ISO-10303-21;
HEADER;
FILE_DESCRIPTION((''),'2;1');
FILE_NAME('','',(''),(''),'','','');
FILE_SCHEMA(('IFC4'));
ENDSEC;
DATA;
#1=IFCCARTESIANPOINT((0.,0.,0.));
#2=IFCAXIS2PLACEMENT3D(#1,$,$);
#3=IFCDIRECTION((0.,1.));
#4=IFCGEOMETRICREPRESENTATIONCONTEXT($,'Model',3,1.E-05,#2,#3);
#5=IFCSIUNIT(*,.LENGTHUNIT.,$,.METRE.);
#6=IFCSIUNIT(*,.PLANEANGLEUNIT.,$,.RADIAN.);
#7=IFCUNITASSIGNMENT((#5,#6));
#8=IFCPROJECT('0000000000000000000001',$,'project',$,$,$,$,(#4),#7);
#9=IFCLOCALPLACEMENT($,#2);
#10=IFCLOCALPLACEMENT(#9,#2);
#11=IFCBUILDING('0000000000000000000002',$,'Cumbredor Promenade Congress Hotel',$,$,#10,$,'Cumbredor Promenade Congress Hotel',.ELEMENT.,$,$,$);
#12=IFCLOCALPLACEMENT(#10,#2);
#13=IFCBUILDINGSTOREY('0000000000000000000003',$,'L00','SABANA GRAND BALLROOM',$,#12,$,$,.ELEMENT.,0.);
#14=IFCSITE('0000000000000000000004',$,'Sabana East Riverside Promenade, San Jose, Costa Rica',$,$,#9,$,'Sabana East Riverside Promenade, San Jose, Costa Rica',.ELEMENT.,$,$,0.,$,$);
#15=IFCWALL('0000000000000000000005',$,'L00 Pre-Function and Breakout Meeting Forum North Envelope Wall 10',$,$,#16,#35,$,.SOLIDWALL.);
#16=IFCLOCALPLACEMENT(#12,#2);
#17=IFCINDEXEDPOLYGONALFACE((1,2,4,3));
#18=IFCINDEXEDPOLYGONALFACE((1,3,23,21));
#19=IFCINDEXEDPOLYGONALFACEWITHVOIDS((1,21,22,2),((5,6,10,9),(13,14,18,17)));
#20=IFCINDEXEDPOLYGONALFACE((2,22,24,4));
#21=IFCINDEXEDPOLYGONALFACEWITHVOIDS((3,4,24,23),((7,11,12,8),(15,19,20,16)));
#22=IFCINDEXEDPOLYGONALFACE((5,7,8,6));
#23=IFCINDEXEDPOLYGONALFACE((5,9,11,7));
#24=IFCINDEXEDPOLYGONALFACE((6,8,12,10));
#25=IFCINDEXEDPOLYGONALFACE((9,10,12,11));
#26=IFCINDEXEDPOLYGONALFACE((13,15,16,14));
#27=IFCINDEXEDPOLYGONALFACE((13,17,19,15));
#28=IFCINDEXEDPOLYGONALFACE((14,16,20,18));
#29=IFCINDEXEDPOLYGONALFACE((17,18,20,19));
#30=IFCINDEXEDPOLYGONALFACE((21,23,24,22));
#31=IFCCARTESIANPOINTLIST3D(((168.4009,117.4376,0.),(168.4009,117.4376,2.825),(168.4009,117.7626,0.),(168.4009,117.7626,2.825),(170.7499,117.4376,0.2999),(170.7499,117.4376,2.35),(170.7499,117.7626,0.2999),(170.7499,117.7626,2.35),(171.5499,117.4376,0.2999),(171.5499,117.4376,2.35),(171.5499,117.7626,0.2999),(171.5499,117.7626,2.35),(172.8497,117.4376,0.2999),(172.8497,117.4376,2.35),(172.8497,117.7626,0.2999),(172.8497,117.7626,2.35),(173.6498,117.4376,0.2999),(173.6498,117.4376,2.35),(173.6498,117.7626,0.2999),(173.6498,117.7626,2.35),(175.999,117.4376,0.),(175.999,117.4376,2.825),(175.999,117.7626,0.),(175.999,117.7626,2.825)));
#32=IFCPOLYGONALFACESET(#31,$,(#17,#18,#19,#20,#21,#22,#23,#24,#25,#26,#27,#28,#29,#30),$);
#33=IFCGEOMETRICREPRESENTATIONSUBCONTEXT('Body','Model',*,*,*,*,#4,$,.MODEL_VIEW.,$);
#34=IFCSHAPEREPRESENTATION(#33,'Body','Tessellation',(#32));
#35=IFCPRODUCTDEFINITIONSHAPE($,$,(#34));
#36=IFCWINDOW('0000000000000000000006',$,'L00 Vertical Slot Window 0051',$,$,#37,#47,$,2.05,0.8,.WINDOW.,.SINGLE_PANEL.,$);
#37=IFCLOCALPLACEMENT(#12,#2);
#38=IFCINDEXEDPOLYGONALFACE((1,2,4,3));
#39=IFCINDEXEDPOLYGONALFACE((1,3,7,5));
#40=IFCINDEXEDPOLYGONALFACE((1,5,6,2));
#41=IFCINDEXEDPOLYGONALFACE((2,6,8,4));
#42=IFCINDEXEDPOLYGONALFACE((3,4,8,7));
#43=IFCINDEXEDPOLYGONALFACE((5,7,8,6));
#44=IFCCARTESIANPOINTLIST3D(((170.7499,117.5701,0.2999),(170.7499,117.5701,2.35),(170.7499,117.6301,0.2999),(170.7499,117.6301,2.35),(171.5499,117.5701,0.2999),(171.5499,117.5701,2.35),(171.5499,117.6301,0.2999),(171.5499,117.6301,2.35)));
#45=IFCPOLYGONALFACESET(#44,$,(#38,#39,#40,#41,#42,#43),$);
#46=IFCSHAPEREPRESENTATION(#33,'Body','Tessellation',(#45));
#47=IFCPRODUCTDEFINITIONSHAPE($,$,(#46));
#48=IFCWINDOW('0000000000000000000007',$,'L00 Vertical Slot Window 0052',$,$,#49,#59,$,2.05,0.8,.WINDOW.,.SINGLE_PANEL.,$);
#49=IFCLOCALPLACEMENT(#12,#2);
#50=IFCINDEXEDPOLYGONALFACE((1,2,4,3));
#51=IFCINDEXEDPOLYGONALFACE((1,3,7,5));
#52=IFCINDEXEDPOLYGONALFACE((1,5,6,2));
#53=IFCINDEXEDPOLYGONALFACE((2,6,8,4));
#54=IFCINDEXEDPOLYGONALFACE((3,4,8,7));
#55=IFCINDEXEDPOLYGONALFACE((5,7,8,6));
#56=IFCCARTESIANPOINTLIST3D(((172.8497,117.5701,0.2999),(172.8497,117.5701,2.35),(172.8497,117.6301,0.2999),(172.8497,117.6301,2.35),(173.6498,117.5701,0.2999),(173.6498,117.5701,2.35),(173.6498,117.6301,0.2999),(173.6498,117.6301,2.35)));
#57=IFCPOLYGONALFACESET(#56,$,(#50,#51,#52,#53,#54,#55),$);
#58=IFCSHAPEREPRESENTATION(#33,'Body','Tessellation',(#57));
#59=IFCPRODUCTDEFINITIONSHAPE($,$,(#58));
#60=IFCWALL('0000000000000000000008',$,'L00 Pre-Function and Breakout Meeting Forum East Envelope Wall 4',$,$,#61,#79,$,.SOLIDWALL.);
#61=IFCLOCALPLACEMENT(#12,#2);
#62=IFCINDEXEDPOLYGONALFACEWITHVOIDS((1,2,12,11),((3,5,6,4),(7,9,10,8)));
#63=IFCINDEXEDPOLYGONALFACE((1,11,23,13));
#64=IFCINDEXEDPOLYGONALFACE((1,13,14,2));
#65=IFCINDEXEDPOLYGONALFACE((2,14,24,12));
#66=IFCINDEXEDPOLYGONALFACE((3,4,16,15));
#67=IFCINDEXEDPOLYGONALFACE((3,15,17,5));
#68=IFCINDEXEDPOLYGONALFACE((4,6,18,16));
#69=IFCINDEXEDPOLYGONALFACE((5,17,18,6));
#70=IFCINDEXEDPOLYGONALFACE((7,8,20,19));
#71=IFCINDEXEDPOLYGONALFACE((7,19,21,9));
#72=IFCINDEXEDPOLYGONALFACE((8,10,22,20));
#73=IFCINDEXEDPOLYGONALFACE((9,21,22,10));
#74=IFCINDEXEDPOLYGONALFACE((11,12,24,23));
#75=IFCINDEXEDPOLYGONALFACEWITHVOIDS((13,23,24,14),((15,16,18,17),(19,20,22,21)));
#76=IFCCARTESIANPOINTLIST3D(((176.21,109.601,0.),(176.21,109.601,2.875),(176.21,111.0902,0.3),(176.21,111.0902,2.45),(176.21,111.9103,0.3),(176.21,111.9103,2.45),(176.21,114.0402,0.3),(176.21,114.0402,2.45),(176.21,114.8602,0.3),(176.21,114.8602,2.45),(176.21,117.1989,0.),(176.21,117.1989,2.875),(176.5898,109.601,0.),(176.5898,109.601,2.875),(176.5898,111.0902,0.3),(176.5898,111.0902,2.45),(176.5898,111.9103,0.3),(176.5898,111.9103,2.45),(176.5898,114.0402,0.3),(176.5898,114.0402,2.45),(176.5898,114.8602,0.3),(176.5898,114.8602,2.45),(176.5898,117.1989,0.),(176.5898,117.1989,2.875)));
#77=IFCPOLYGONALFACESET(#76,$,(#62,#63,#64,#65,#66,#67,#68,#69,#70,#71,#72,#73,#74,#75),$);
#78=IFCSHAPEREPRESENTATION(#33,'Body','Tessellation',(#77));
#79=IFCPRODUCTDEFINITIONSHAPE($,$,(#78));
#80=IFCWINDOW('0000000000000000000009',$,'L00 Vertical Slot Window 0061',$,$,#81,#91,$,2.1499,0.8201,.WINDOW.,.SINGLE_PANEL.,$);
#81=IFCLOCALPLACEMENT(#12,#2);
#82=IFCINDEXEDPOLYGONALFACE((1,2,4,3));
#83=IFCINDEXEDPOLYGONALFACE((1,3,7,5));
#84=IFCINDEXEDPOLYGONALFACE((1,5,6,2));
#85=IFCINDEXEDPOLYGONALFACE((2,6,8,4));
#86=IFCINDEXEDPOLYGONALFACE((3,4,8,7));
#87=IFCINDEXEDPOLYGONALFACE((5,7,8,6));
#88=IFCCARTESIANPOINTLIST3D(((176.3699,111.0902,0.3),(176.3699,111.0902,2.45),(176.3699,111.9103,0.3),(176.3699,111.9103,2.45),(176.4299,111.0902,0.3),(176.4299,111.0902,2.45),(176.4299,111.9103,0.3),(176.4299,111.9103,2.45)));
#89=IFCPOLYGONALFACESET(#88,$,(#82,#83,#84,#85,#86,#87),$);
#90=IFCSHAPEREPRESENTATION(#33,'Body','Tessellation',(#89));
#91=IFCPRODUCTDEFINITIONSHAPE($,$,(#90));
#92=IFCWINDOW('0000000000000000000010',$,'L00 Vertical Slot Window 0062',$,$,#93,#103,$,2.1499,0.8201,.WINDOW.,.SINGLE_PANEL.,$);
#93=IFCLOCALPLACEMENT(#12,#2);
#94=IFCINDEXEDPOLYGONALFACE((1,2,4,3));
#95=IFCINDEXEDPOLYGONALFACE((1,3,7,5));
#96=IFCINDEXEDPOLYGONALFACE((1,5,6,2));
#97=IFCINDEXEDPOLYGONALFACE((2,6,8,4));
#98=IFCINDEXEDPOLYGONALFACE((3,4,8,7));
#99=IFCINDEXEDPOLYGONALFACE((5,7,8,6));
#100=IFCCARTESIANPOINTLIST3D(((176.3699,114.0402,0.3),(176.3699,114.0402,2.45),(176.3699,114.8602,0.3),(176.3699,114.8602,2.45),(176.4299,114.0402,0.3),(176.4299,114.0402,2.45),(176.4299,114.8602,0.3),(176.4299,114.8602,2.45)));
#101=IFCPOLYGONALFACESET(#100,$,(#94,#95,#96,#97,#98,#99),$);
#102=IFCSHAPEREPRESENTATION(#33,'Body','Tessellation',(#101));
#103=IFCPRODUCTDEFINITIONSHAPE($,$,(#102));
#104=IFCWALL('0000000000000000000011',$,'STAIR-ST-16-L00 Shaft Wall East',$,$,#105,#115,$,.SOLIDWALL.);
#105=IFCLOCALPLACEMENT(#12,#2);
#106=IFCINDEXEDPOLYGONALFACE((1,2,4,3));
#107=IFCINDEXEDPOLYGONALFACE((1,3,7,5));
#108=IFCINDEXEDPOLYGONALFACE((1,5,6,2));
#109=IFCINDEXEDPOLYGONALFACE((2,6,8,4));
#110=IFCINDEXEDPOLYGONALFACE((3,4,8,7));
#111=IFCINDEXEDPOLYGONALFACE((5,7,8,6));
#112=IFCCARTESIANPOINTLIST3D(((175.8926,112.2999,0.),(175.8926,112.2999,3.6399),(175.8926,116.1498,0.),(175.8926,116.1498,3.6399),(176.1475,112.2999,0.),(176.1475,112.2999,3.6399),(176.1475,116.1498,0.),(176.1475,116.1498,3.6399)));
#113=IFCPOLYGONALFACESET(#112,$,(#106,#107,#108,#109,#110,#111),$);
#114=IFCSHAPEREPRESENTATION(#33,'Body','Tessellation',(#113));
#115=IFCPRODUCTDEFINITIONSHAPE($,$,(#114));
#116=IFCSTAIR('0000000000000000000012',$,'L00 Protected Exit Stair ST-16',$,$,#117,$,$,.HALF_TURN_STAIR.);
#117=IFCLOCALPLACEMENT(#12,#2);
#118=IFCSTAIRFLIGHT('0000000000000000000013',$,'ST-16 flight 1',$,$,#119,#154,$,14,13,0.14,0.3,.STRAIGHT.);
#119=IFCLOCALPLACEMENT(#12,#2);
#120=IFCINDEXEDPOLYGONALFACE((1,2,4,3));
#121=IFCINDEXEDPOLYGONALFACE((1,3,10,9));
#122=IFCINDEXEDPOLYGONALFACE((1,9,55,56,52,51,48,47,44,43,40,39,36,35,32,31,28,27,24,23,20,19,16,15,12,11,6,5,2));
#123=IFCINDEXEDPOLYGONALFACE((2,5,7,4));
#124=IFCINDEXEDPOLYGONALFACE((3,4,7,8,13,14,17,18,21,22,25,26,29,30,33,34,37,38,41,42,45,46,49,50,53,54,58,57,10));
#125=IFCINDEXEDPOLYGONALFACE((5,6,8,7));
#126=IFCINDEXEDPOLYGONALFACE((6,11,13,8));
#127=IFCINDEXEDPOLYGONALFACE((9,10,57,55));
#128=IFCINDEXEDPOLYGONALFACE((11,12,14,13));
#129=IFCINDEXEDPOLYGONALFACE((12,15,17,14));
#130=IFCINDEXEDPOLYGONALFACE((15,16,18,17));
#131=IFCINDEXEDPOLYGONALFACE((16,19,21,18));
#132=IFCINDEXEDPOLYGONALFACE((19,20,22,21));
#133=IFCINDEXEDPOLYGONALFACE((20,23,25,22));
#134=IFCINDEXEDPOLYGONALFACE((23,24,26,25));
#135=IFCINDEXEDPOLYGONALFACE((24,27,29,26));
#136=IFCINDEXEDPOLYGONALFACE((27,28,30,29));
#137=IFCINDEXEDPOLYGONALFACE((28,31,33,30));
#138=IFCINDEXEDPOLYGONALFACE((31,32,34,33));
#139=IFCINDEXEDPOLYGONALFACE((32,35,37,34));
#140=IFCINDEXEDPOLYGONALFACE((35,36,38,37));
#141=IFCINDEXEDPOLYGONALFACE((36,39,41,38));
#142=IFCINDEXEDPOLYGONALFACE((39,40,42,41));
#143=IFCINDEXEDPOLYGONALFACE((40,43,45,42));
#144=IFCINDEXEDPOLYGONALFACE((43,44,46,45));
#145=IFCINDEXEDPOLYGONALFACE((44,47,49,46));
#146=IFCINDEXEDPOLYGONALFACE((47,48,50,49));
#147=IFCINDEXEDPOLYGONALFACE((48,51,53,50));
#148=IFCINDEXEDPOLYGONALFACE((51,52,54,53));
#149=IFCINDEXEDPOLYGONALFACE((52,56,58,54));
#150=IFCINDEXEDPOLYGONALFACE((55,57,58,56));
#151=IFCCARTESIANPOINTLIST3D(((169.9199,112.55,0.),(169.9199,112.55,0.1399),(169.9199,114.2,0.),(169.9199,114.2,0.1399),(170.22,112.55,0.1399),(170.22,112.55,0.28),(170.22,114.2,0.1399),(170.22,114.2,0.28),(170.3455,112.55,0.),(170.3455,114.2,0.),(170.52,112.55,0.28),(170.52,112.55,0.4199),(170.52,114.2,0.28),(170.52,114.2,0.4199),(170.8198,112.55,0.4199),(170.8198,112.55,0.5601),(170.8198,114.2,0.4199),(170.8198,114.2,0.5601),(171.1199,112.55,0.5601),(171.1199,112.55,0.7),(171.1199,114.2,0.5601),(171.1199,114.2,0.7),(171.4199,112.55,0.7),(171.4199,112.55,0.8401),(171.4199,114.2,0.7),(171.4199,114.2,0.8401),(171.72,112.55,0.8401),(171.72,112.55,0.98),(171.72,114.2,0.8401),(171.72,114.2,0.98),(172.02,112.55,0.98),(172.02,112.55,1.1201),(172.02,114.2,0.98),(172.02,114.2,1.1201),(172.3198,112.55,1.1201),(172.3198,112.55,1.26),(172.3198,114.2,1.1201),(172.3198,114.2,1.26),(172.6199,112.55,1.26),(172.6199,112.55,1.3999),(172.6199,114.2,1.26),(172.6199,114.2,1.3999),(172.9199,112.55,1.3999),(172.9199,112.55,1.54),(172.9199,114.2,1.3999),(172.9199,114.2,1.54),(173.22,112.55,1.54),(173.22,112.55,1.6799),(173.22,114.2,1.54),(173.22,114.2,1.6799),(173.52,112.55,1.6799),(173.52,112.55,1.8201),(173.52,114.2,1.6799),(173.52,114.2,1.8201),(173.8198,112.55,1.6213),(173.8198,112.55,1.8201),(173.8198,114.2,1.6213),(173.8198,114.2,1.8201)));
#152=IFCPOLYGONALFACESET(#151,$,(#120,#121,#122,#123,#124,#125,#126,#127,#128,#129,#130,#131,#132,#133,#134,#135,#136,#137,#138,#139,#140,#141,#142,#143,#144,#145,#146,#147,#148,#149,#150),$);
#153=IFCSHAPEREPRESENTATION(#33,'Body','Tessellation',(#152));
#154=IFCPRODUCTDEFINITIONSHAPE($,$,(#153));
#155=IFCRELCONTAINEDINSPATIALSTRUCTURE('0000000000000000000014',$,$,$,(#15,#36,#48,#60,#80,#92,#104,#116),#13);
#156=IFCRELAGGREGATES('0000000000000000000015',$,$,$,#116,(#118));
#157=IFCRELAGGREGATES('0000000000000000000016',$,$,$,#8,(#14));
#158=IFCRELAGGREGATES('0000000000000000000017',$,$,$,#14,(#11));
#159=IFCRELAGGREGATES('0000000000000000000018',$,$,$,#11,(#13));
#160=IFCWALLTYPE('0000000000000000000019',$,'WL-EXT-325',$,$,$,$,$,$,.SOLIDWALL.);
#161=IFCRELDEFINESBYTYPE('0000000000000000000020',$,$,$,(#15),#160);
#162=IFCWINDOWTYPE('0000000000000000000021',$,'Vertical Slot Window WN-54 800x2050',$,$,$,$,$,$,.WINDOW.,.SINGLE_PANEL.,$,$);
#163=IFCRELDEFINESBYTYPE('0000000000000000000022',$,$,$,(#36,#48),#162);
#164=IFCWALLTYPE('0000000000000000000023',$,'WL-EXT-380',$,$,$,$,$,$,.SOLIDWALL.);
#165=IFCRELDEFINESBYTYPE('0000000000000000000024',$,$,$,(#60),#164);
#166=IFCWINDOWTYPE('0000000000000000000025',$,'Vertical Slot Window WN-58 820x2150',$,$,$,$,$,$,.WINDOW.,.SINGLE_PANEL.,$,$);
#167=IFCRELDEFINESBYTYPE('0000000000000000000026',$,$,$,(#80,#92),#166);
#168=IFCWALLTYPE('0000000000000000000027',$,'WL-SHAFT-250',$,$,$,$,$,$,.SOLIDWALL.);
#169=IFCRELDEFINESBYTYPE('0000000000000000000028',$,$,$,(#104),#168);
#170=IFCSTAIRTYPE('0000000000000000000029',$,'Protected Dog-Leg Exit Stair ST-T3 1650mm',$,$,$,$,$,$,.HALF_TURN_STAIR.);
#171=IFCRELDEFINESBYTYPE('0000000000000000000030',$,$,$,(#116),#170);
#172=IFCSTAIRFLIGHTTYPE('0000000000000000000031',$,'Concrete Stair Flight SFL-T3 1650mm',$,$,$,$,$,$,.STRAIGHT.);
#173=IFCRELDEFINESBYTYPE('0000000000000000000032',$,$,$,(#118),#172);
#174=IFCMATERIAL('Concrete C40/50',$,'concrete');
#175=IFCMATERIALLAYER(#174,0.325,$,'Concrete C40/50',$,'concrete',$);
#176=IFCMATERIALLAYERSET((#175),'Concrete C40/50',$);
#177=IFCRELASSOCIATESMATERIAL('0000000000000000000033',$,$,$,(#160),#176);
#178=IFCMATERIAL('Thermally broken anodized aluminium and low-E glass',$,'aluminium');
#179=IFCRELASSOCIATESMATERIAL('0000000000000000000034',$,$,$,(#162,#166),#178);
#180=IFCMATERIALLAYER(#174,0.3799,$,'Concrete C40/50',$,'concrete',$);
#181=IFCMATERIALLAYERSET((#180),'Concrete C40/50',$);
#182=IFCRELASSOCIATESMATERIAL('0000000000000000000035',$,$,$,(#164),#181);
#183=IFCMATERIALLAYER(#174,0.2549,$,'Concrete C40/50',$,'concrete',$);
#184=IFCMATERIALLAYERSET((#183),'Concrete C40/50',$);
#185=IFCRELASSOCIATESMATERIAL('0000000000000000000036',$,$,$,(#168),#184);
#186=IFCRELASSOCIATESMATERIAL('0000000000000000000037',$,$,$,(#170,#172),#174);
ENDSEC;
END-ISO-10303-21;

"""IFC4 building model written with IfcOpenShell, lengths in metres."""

from ifc_helpers import new_model, si_unit, direction, frame, frame_2d, origin, place, context, subcontext, project, spatial, polyline, rectangle, outline, extrude, material, layer, layer_set, type_object, element, fill, aggregate, save


model = new_model("IFC4")

# Units and contexts
model_context = context("Model", 3, precision=1e-05, world=origin(), true_north=direction((0.0, 1.0)))
body_context = subcontext(model_context, "Body", "Model", "MODEL_VIEW")
ifc_project = project(units=[si_unit("LENGTHUNIT", "METRE"), si_unit("PLANEANGLEUNIT", "RADIAN")], contexts=[model_context])

# Site, building, storey
site_placement = place(None, origin())
site = spatial("IfcSite", under=ifc_project, at=site_placement, Name="Sabana East Riverside Promenade, San Jose, Costa Rica", LongName="Sabana East Riverside Promenade, San Jose, Costa Rica", CompositionType="ELEMENT", RefElevation=0.0)
building_placement = place(site_placement, origin())
building = spatial("IfcBuilding", under=site, at=building_placement, Name="Cumbredor Promenade Congress Hotel", LongName="Cumbredor Promenade Congress Hotel", CompositionType="ELEMENT")
storey_placement = place(building_placement, origin())
storey = spatial("IfcBuildingStorey", under=building, at=storey_placement, Name="L00", Description="SABANA GRAND BALLROOM", CompositionType="ELEMENT", Elevation=0.0)

# Shared definitions
ifc_material_1 = material(Name="Concrete C40/50", Category="concrete")

# Shared definitions
ifc_material_2 = material(Name="Thermally broken anodized aluminium and low-E glass", Category="aluminium")

# Walls, openings, windows
ifc_layer_1 = layer(ifc_material_1, 0.325, Name="Concrete C40/50", Category="concrete")
ifc_layer_set_1 = layer_set([ifc_layer_1], Name="Concrete C40/50")
wall_type_1 = type_object("IfcWallType", Name="WL-EXT-325", PredefinedType="SOLIDWALL", material=ifc_layer_set_1)
wall_1_placement = place(storey_placement, frame((168.4009, 117.6001, 0.0), z_axis=(0.0, 0.0, 1.0), x_axis=(1.0, 0.0, 0.0)))
wall_1 = element("IfcWall", 1, at=wall_1_placement, inside=storey, type_object=wall_type_1, Name="L00 Pre-Function and Breakout Meeting Forum North Envelope Wall 10", PredefinedType="SOLIDWALL", context=body_context, shape_type="SweptSolid", body=[
    extrude(rectangle(XDim=7.5981, YDim=0.325, at=frame_2d((3.7991, 0.0))), origin(), (0.0, 0.0, 1.0), 2.825),
])
opening_1_placement = place(wall_1_placement, frame((2.3491, 0.0, 0.3)))
opening_1 = element("IfcOpeningElement", 2, at=opening_1_placement, cuts=wall_1, PredefinedType="OPENING", context=body_context, shape_type="SweptSolid", body=[
    extrude(rectangle(XDim=0.8, YDim=2.05, at=frame_2d((0.3999, 1.0249))), frame((0.0, 0.1724, 0.0), z_axis=(0.0, -1.0, 0.0), x_axis=(1.0, 0.0, 0.0)), (0.0, 0.0, 1.0), 0.345),
])
opening_2_placement = place(wall_1_placement, frame((4.449, 0.0, 0.3)))
opening_2 = element("IfcOpeningElement", 3, at=opening_2_placement, cuts=wall_1, PredefinedType="OPENING", context=body_context, shape_type="SweptSolid", body=[
    extrude(rectangle(XDim=0.8, YDim=2.05, at=frame_2d((0.3999, 1.0249))), frame((0.0, 0.1724, 0.0), z_axis=(0.0, -1.0, 0.0), x_axis=(1.0, 0.0, 0.0)), (0.0, 0.0, 1.0), 0.345),
])
window_type_1 = type_object("IfcWindowType", Name="Vertical Slot Window WN-54 800x2050", PartitioningType="SINGLE_PANEL", PredefinedType="WINDOW", material=ifc_material_2)
window_1_placement = place(opening_1_placement, origin())
window_1 = element("IfcWindow", 4, at=window_1_placement, inside=storey, type_object=window_type_1, Name="L00 Vertical Slot Window 0051", OverallHeight=2.05, OverallWidth=0.8, PartitioningType="SINGLE_PANEL", PredefinedType="WINDOW", context=body_context, shape_type="SweptSolid", body=[
    extrude(rectangle(XDim=0.8, YDim=2.05, at=frame_2d((0.3999, 1.0249))), frame((0.0, 0.03, 0.0), z_axis=(0.0, -1.0, 0.0), x_axis=(1.0, 0.0, 0.0)), (0.0, 0.0, 1.0), 0.0601),
])
fill(opening_1, window_1)
window_2_placement = place(opening_2_placement, origin())
window_2 = element("IfcWindow", 5, at=window_2_placement, inside=storey, type_object=window_type_1, Name="L00 Vertical Slot Window 0052", OverallHeight=2.05, OverallWidth=0.8, PartitioningType="SINGLE_PANEL", PredefinedType="WINDOW", context=body_context, shape_type="SweptSolid", body=[
    extrude(rectangle(XDim=0.8, YDim=2.05, at=frame_2d((0.3999, 1.0249))), frame((0.0, 0.03, 0.0), z_axis=(0.0, -1.0, 0.0), x_axis=(1.0, 0.0, 0.0)), (0.0, 0.0, 1.0), 0.0601),
])
fill(opening_2, window_2)
ifc_layer_2 = layer(ifc_material_1, 0.3799, Name="Concrete C40/50", Category="concrete")
ifc_layer_set_2 = layer_set([ifc_layer_2], Name="Concrete C40/50")
wall_type_2 = type_object("IfcWallType", Name="WL-EXT-380", PredefinedType="SOLIDWALL", material=ifc_layer_set_2)
wall_2_placement = place(storey_placement, frame((176.3999, 109.6011, 0.0), z_axis=(0.0, 0.0, 1.0), x_axis=(0.0, 1.0, 0.0)))
wall_2 = element("IfcWall", 6, at=wall_2_placement, inside=storey, type_object=wall_type_2, Name="L00 Pre-Function and Breakout Meeting Forum East Envelope Wall 4", PredefinedType="SOLIDWALL", context=body_context, shape_type="SweptSolid", body=[
    extrude(rectangle(XDim=7.5979, YDim=0.3799, at=frame_2d((3.7988, 0.0))), origin(), (0.0, 0.0, 1.0), 2.875),
])
opening_3_placement = place(wall_2_placement, frame((1.489, 0.0, 0.3)))
opening_3 = element("IfcOpeningElement", 7, at=opening_3_placement, cuts=wall_2, PredefinedType="OPENING", context=body_context, shape_type="SweptSolid", body=[
    extrude(rectangle(XDim=0.8201, YDim=2.1499, at=frame_2d((0.4102, 1.075))), frame((0.0, 0.2, 0.0), z_axis=(0.0, -1.0, 0.0), x_axis=(1.0, 0.0, 0.0)), (0.0, 0.0, 1.0), 0.3999),
])
opening_4_placement = place(wall_2_placement, frame((4.439, 0.0, 0.3)))
opening_4 = element("IfcOpeningElement", 8, at=opening_4_placement, cuts=wall_2, PredefinedType="OPENING", context=body_context, shape_type="SweptSolid", body=[
    extrude(rectangle(XDim=0.8201, YDim=2.1499, at=frame_2d((0.4102, 1.075))), frame((0.0, 0.2, 0.0), z_axis=(0.0, -1.0, 0.0), x_axis=(1.0, 0.0, 0.0)), (0.0, 0.0, 1.0), 0.3999),
])
window_type_2 = type_object("IfcWindowType", Name="Vertical Slot Window WN-58 820x2150", PartitioningType="SINGLE_PANEL", PredefinedType="WINDOW", material=ifc_material_2)
window_3_placement = place(opening_3_placement, origin())
window_3 = element("IfcWindow", 9, at=window_3_placement, inside=storey, type_object=window_type_2, Name="L00 Vertical Slot Window 0061", OverallHeight=2.1499, OverallWidth=0.8201, PartitioningType="SINGLE_PANEL", PredefinedType="WINDOW", context=body_context, shape_type="SweptSolid", body=[
    extrude(rectangle(XDim=0.8201, YDim=2.1499, at=frame_2d((0.4102, 1.075))), frame((0.0, 0.03, 0.0), z_axis=(0.0, -1.0, 0.0), x_axis=(1.0, 0.0, 0.0)), (0.0, 0.0, 1.0), 0.0601),
])
fill(opening_3, window_3)
window_4_placement = place(opening_4_placement, origin())
window_4 = element("IfcWindow", 10, at=window_4_placement, inside=storey, type_object=window_type_2, Name="L00 Vertical Slot Window 0062", OverallHeight=2.1499, OverallWidth=0.8201, PartitioningType="SINGLE_PANEL", PredefinedType="WINDOW", context=body_context, shape_type="SweptSolid", body=[
    extrude(rectangle(XDim=0.8201, YDim=2.1499, at=frame_2d((0.4102, 1.075))), frame((0.0, 0.03, 0.0), z_axis=(0.0, -1.0, 0.0), x_axis=(1.0, 0.0, 0.0)), (0.0, 0.0, 1.0), 0.0601),
])
fill(opening_4, window_4)

# Wall
ifc_layer_3 = layer(ifc_material_1, 0.2549, Name="Concrete C40/50", Category="concrete")
ifc_layer_set_3 = layer_set([ifc_layer_3], Name="Concrete C40/50")
wall_type_3 = type_object("IfcWallType", Name="WL-SHAFT-250", PredefinedType="SOLIDWALL", material=ifc_layer_set_3)
wall_3_placement = place(storey_placement, frame((176.02, 112.3, 0.0), z_axis=(0.0, 0.0, 1.0), x_axis=(0.0, 1.0, 0.0)))
element("IfcWall", 11, at=wall_3_placement, inside=storey, type_object=wall_type_3, Name="STAIR-ST-16-L00 Shaft Wall East", PredefinedType="SOLIDWALL", context=body_context, shape_type="SweptSolid", body=[
    extrude(rectangle(XDim=3.8499, YDim=0.2549, at=frame_2d((1.9248, 0.0))), origin(), (0.0, 0.0, 1.0), 3.6399),
])

# Stair, stair flight
stair_type = type_object("IfcStairType", Name="Protected Dog-Leg Exit Stair ST-T3 1650mm", PredefinedType="HALF_TURN_STAIR", material=ifc_material_1)
stair_placement = place(storey_placement, origin())
stair = element("IfcStair", 12, at=stair_placement, inside=storey, type_object=stair_type, Name="L00 Protected Exit Stair ST-16", PredefinedType="HALF_TURN_STAIR")
stair_flight_type = type_object("IfcStairFlightType", Name="Concrete Stair Flight SFL-T3 1650mm", PredefinedType="STRAIGHT", material=ifc_material_1)
stair_flight_1_placement = place(storey_placement, frame((169.9199, 113.375, 0.0), z_axis=(0.0, 0.0, 1.0), x_axis=(1.0, 0.0, 0.0)))
stair_flight_1 = element("IfcStairFlight", 13, at=stair_flight_1_placement, type_object=stair_flight_type, Name="ST-16 flight 1", NumberOfRisers=14, NumberOfTreads=13, PredefinedType="STRAIGHT", RiserHeight=0.14, TreadLength=0.3, context=body_context, shape_type="SweptSolid", body=[
    extrude(outline(polyline([(0.0, 0.0), (0.0, 0.1399), (0.3, 0.1399), (0.3, 0.28), (0.6001, 0.28), (0.6001, 0.4199), (0.8999, 0.4199), (0.8999, 0.5601), (1.2, 0.5601), (1.2, 0.7), (1.5, 0.7), (1.5, 0.8401), (1.8, 0.8401), (1.8, 0.98), (2.1001, 0.98), (2.1001, 1.1201), (2.3999, 1.1201), (2.3999, 1.26), (2.7, 1.26), (2.7, 1.3999), (3.0, 1.3999), (3.0, 1.54), (3.3, 1.54), (3.3, 1.6799), (3.6001, 1.6799), (3.6001, 1.8201), (3.8999, 1.8201), (3.8999, 1.96), (3.8999, 1.6213), (0.4255, 0.0), (0.0, 0.0)])), frame((0.0, 0.825, 0.0), z_axis=(0.0, -1.0, 0.0), x_axis=(1.0, 0.0, 0.0)), (0.0, 0.0, 1.0), 1.6499),
])
aggregate(stair, [stair_flight_1])

save(model, "model.ifc")
